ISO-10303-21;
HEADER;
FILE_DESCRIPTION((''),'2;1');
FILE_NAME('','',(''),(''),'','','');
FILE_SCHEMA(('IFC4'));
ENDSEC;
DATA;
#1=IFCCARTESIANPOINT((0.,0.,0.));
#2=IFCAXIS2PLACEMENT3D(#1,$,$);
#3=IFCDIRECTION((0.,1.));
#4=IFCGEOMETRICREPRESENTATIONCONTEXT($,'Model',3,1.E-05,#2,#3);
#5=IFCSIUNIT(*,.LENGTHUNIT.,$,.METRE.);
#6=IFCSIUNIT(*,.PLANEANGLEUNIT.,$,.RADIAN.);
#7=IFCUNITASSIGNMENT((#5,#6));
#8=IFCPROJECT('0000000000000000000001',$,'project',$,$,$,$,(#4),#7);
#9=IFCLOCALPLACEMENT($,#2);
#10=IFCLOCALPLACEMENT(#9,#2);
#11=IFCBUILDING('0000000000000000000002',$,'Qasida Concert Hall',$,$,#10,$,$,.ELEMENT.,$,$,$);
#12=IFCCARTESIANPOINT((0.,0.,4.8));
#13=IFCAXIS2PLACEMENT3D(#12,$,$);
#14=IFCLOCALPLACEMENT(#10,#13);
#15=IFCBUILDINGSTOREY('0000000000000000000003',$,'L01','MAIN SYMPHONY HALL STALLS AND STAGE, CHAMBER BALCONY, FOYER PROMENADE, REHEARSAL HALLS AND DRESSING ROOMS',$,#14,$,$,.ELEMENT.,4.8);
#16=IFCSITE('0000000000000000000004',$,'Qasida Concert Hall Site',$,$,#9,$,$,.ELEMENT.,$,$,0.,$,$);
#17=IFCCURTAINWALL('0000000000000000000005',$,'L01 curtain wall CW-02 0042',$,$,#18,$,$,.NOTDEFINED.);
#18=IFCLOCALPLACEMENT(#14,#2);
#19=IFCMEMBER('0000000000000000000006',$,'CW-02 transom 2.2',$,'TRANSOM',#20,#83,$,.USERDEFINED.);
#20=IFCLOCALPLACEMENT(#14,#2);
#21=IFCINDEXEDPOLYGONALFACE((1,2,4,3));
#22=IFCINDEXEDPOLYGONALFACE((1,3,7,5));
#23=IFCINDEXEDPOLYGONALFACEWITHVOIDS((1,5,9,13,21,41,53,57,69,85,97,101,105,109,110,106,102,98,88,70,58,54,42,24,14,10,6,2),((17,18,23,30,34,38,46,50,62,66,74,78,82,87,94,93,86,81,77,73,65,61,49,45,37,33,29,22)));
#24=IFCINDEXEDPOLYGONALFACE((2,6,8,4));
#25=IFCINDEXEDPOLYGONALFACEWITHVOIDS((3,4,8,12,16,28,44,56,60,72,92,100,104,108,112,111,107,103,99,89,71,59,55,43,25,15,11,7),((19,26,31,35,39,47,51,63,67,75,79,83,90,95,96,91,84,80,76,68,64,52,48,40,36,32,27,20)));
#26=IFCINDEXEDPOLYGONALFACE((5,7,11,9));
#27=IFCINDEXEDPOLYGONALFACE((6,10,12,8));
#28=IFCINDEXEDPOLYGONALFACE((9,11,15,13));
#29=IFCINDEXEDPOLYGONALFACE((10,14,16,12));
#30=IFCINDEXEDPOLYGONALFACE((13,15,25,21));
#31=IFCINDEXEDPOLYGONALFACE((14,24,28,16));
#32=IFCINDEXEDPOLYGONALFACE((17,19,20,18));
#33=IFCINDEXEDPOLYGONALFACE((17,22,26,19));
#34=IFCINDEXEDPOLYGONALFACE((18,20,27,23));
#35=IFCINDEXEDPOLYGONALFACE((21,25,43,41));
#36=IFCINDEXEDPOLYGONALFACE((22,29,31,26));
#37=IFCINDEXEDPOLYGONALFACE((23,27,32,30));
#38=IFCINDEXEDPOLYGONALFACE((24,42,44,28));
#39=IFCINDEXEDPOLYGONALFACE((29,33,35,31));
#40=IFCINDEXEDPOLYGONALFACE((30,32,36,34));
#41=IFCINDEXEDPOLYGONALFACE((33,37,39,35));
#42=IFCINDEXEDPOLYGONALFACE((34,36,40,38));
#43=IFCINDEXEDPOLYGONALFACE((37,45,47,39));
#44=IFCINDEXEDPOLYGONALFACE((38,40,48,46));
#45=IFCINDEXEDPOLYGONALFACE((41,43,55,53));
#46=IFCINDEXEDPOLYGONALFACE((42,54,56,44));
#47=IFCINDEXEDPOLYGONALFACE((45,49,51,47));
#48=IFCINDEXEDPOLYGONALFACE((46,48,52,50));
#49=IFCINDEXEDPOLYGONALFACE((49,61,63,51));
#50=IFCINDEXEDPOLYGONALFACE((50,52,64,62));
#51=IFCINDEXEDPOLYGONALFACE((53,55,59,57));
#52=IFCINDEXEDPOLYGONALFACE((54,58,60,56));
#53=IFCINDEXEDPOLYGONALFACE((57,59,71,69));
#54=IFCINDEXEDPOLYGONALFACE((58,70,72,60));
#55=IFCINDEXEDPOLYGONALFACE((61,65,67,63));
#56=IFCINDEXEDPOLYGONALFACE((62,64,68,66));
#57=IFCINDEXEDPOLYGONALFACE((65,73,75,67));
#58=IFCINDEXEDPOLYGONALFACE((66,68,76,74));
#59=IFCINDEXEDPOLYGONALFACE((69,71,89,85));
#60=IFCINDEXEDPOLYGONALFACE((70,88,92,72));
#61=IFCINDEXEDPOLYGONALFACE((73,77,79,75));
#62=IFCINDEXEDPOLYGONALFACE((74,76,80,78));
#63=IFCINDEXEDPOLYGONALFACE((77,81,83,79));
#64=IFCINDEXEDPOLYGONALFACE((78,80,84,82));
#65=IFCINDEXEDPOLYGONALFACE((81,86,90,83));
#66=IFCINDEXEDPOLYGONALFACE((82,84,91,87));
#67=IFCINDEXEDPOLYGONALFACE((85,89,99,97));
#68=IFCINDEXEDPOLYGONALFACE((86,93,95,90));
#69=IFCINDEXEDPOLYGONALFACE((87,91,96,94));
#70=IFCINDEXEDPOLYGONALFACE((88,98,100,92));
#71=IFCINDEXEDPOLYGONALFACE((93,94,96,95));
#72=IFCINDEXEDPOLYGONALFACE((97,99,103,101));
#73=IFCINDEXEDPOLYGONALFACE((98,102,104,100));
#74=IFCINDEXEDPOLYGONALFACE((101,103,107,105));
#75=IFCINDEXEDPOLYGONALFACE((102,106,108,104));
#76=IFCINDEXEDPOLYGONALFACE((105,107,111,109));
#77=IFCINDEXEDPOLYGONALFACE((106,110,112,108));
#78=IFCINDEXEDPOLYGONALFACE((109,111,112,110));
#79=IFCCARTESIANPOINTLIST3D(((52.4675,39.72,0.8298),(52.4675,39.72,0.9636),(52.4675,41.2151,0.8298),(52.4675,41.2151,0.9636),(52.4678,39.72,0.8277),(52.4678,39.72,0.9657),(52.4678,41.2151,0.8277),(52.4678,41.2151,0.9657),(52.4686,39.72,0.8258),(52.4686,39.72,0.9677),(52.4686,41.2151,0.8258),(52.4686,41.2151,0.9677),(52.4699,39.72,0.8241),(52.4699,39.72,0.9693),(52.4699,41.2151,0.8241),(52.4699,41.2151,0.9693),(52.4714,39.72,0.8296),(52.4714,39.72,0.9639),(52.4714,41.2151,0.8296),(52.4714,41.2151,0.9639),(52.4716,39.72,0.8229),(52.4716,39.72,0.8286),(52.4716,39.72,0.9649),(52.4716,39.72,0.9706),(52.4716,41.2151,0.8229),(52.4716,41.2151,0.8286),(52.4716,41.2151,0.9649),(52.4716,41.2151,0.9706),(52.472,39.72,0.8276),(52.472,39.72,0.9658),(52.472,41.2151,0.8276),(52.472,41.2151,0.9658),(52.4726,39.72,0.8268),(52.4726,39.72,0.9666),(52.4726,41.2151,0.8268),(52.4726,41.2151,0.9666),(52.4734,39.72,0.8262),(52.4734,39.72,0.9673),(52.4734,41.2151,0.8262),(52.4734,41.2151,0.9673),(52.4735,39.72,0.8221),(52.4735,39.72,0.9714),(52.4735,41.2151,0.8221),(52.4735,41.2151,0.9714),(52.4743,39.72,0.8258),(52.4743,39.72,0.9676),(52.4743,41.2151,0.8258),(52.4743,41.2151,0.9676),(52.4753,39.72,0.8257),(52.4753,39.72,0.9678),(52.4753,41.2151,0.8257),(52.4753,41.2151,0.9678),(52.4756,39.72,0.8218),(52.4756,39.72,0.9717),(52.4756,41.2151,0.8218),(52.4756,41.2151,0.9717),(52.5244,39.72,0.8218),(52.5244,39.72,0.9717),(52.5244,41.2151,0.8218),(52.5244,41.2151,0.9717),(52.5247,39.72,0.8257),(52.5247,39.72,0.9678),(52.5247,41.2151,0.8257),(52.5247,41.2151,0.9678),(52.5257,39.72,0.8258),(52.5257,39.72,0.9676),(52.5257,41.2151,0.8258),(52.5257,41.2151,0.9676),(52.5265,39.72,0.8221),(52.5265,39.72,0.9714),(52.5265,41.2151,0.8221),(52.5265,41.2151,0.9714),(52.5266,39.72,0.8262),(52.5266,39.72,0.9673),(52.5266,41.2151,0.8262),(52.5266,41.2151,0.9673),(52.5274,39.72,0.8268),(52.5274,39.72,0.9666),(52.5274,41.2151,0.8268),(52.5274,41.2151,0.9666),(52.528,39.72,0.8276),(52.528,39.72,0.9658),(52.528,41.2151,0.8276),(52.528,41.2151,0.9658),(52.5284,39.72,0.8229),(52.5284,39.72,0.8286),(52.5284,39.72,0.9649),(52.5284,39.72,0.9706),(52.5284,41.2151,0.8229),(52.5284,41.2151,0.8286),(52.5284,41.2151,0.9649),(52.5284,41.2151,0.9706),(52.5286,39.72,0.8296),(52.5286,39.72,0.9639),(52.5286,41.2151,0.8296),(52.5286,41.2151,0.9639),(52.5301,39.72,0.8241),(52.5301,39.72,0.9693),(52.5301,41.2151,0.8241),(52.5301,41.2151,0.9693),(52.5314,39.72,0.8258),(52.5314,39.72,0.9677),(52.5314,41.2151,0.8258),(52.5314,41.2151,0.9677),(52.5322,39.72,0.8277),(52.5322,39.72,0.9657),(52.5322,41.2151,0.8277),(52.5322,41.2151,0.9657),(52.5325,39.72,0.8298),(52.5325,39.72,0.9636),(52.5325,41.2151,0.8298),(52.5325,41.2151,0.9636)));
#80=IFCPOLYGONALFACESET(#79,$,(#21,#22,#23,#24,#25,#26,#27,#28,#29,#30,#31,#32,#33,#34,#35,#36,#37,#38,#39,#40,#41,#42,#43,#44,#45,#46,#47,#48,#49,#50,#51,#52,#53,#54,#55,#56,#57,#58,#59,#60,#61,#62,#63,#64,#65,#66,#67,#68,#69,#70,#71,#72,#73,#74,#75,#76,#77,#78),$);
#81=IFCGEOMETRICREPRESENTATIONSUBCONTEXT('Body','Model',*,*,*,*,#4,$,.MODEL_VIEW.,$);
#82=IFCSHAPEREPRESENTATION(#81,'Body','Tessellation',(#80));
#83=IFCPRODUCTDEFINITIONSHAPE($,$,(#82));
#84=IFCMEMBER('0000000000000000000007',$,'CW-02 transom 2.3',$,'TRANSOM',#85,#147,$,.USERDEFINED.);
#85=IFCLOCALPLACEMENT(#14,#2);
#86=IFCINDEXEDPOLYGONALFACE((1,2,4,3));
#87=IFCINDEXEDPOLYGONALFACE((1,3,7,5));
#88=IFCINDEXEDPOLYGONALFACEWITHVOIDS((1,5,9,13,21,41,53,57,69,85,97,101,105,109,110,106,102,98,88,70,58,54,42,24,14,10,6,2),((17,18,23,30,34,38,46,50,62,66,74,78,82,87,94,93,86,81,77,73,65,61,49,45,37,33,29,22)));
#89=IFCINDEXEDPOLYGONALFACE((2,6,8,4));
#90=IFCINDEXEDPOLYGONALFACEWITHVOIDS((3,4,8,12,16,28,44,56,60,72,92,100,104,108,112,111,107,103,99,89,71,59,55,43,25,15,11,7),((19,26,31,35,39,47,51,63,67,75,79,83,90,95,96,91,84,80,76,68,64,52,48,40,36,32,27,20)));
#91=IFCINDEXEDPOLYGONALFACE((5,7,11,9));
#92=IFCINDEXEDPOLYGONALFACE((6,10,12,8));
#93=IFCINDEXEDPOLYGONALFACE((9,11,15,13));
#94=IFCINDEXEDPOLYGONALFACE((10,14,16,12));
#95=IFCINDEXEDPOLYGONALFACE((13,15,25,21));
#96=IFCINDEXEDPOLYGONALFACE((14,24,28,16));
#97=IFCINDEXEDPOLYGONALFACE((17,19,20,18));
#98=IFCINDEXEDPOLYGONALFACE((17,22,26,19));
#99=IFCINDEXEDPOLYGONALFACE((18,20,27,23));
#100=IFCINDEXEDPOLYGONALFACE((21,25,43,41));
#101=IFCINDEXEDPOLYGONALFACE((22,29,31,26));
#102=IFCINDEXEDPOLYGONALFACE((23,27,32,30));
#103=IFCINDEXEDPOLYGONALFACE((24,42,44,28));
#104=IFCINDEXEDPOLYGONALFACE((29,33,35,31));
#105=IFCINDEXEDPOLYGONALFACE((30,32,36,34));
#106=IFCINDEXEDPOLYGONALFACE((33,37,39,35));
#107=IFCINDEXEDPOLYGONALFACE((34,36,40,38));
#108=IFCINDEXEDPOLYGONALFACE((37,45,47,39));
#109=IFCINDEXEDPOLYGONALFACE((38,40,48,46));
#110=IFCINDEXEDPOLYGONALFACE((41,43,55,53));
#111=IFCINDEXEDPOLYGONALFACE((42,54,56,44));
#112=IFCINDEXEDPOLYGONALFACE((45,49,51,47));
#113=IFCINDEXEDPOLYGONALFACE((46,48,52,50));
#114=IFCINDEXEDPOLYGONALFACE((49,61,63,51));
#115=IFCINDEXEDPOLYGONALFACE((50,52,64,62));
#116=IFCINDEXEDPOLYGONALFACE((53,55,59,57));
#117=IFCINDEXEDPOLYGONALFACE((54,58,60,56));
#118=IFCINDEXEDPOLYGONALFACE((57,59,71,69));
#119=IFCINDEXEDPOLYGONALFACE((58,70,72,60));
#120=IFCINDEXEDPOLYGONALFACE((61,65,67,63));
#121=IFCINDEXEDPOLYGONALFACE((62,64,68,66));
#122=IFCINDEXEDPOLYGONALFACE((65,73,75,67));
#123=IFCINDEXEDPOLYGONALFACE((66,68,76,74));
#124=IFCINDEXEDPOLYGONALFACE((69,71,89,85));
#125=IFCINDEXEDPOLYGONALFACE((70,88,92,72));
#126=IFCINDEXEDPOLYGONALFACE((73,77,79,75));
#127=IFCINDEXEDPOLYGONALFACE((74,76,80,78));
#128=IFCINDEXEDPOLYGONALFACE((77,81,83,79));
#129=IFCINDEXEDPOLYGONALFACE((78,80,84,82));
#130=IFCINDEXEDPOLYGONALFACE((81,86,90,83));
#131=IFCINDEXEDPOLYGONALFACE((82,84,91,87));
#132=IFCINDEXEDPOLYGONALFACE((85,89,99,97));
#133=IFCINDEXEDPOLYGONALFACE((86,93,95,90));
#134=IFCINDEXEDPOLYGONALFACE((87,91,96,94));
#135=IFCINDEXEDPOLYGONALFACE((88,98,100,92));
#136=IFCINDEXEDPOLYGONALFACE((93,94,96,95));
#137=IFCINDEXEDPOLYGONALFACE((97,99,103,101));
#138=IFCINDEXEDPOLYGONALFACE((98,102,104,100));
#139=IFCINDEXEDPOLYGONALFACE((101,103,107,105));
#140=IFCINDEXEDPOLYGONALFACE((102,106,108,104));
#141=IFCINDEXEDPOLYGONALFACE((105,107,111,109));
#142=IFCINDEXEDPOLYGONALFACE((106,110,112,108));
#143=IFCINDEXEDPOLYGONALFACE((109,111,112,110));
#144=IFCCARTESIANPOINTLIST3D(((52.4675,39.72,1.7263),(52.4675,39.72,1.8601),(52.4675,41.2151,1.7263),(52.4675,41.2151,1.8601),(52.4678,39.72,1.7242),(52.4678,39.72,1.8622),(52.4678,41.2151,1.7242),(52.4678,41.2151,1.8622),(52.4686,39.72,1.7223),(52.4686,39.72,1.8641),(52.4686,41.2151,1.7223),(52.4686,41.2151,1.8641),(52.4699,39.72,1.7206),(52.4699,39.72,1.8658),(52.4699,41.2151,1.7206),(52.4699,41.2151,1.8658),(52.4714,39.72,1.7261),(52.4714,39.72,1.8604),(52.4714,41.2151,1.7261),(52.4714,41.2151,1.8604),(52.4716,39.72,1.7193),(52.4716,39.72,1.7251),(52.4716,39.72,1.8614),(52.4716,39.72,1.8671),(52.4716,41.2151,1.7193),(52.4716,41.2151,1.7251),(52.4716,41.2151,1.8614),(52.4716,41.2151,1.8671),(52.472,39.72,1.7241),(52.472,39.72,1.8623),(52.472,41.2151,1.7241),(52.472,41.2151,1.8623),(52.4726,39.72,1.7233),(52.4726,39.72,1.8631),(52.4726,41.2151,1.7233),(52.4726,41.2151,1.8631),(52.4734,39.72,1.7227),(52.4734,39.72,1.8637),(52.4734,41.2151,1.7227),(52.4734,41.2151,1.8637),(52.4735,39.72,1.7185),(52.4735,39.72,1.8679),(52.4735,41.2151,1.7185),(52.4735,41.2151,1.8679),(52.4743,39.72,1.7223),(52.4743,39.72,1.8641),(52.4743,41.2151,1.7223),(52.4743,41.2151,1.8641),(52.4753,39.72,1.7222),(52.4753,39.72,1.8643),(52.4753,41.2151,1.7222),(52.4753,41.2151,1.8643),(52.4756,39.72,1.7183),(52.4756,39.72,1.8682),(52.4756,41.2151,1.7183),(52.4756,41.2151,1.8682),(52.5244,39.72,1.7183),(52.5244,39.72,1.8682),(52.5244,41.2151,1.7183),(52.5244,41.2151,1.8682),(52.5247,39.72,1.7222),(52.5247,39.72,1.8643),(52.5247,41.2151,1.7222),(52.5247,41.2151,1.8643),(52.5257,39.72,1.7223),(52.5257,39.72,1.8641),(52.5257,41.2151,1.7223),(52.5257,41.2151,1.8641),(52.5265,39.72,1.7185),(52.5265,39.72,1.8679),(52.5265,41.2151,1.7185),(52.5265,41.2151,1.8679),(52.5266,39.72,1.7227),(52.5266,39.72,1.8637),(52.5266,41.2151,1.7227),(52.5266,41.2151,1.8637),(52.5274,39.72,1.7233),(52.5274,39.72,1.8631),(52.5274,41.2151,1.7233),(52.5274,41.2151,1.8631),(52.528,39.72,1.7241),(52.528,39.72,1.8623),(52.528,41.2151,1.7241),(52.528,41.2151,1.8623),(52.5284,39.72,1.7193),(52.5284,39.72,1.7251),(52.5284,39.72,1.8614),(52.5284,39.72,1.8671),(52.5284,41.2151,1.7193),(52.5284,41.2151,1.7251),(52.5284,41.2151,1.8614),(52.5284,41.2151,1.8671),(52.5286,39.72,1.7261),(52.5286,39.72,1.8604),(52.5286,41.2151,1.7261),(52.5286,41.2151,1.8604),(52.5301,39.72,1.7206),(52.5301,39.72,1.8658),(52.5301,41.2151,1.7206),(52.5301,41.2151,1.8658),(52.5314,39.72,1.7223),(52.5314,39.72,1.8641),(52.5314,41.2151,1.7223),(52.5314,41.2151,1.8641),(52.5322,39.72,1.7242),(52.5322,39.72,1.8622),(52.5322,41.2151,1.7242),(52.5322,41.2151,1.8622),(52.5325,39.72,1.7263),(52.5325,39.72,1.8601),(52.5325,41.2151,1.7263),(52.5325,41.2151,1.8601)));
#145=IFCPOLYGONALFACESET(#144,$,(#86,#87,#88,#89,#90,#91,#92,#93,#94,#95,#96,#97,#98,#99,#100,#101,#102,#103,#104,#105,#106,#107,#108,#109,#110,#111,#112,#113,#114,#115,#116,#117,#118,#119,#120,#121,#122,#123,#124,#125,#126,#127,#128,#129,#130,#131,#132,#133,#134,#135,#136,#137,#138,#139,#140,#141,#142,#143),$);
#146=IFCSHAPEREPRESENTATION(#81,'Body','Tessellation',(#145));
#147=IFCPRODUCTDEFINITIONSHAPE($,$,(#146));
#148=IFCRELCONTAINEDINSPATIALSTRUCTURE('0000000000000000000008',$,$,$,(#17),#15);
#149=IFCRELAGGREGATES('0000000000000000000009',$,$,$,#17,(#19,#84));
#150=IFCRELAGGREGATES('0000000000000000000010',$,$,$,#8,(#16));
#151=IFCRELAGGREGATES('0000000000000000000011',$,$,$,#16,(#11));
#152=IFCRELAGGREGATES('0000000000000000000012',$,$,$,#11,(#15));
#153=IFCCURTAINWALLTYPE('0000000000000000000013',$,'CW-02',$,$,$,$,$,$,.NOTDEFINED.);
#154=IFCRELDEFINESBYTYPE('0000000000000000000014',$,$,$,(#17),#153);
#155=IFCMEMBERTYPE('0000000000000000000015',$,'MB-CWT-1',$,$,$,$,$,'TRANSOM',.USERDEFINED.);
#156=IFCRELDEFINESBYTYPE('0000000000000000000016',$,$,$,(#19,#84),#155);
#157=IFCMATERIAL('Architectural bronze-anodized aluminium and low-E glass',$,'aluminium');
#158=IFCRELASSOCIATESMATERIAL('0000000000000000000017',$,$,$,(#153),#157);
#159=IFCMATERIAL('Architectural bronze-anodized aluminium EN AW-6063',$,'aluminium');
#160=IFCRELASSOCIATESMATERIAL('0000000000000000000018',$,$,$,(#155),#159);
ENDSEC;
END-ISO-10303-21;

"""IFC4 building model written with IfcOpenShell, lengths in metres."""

from ifc_helpers import new_model, si_unit, direction, frame, origin, origin_2d, place, context, subcontext, project, spatial, hollow_rectangle, extrude, material, material_profile, profile_set, type_object, element, aggregate, save


model = new_model("IFC4")

# Units and contexts
model_context = context("Model", 3, precision=1e-05, world=origin(), true_north=direction((0.0, 1.0)))
body_context = subcontext(model_context, "Body", "Model", "MODEL_VIEW")
ifc_project = project(units=[si_unit("LENGTHUNIT", "METRE"), si_unit("PLANEANGLEUNIT", "RADIAN")], contexts=[model_context])

# Site, building, storey
site_placement = place(None, origin())
site = spatial("IfcSite", under=ifc_project, at=site_placement, Name="Qasida Concert Hall Site", CompositionType="ELEMENT", RefElevation=0.0)
building_placement = place(site_placement, origin())
building = spatial("IfcBuilding", under=site, at=building_placement, Name="Qasida Concert Hall", CompositionType="ELEMENT")
storey_placement = place(building_placement, frame((0.0, 0.0, 4.8)))
storey = spatial("IfcBuildingStorey", under=building, at=storey_placement, Name="L01", Description="MAIN SYMPHONY HALL STALLS AND STAGE, CHAMBER BALCONY, FOYER PROMENADE, REHEARSAL HALLS AND DRESSING ROOMS", CompositionType="ELEMENT", Elevation=4.8)

# Curtain wall, members
ifc_material_1 = material(Name="Architectural bronze-anodized aluminium and low-E glass", Category="aluminium")
curtain_wall_type = type_object("IfcCurtainWallType", Name="CW-02", PredefinedType="NOTDEFINED", material=ifc_material_1)
curtain_wall_placement = place(storey_placement, origin())
curtain_wall = element("IfcCurtainWall", 1, at=curtain_wall_placement, inside=storey, type_object=curtain_wall_type, Name="L01 curtain wall CW-02 0042", PredefinedType="NOTDEFINED")
ifc_material_2 = material(Name="Architectural bronze-anodized aluminium EN AW-6063", Category="aluminium")
ifc_material_profile_1 = material_profile(ifc_material_2, hollow_rectangle(XDim=0.0649, YDim=0.1499, WallThickness=0.0039, InnerFilletRadius=0.0039, OuterFilletRadius=0.0081, at=origin_2d()), Name="CWT 150x65x4")
ifc_profile_set_1 = profile_set([ifc_material_profile_1], Name="Architectural bronze-anodized aluminium EN AW-6063")
member_type_1 = type_object("IfcMemberType", Name="MB-CWT-1", ElementType="TRANSOM", PredefinedType="USERDEFINED", material=ifc_profile_set_1)
member_1_placement = place(storey_placement, frame((52.5, 39.72, 0.8967), z_axis=(0.0, 1.0, 0.0), x_axis=(-1.0, 0.0, 0.0)))
member_1 = element("IfcMember", 2, at=member_1_placement, type_object=member_type_1, Name="CW-02 transom 2.2", ObjectType="TRANSOM", PredefinedType="USERDEFINED", context=body_context, shape_type="SweptSolid", body=[
    extrude(hollow_rectangle(XDim=0.0649, YDim=0.1499, WallThickness=0.0039, InnerFilletRadius=0.0039, OuterFilletRadius=0.0081, at=origin_2d()), origin(), (0.0, 0.0, 1.0), 1.4951),
])
member_2_placement = place(storey_placement, frame((52.5, 39.72, 1.7932), z_axis=(0.0, 1.0, 0.0), x_axis=(-1.0, 0.0, 0.0)))
member_2 = element("IfcMember", 3, at=member_2_placement, type_object=member_type_1, Name="CW-02 transom 2.3", ObjectType="TRANSOM", PredefinedType="USERDEFINED", context=body_context, shape_type="SweptSolid", body=[
    extrude(hollow_rectangle(XDim=0.0649, YDim=0.1499, WallThickness=0.0039, InnerFilletRadius=0.0039, OuterFilletRadius=0.0081, at=origin_2d()), origin(), (0.0, 0.0, 1.0), 1.4951),
])
aggregate(curtain_wall, [member_1, member_2])

save(model, "model.ifc")
